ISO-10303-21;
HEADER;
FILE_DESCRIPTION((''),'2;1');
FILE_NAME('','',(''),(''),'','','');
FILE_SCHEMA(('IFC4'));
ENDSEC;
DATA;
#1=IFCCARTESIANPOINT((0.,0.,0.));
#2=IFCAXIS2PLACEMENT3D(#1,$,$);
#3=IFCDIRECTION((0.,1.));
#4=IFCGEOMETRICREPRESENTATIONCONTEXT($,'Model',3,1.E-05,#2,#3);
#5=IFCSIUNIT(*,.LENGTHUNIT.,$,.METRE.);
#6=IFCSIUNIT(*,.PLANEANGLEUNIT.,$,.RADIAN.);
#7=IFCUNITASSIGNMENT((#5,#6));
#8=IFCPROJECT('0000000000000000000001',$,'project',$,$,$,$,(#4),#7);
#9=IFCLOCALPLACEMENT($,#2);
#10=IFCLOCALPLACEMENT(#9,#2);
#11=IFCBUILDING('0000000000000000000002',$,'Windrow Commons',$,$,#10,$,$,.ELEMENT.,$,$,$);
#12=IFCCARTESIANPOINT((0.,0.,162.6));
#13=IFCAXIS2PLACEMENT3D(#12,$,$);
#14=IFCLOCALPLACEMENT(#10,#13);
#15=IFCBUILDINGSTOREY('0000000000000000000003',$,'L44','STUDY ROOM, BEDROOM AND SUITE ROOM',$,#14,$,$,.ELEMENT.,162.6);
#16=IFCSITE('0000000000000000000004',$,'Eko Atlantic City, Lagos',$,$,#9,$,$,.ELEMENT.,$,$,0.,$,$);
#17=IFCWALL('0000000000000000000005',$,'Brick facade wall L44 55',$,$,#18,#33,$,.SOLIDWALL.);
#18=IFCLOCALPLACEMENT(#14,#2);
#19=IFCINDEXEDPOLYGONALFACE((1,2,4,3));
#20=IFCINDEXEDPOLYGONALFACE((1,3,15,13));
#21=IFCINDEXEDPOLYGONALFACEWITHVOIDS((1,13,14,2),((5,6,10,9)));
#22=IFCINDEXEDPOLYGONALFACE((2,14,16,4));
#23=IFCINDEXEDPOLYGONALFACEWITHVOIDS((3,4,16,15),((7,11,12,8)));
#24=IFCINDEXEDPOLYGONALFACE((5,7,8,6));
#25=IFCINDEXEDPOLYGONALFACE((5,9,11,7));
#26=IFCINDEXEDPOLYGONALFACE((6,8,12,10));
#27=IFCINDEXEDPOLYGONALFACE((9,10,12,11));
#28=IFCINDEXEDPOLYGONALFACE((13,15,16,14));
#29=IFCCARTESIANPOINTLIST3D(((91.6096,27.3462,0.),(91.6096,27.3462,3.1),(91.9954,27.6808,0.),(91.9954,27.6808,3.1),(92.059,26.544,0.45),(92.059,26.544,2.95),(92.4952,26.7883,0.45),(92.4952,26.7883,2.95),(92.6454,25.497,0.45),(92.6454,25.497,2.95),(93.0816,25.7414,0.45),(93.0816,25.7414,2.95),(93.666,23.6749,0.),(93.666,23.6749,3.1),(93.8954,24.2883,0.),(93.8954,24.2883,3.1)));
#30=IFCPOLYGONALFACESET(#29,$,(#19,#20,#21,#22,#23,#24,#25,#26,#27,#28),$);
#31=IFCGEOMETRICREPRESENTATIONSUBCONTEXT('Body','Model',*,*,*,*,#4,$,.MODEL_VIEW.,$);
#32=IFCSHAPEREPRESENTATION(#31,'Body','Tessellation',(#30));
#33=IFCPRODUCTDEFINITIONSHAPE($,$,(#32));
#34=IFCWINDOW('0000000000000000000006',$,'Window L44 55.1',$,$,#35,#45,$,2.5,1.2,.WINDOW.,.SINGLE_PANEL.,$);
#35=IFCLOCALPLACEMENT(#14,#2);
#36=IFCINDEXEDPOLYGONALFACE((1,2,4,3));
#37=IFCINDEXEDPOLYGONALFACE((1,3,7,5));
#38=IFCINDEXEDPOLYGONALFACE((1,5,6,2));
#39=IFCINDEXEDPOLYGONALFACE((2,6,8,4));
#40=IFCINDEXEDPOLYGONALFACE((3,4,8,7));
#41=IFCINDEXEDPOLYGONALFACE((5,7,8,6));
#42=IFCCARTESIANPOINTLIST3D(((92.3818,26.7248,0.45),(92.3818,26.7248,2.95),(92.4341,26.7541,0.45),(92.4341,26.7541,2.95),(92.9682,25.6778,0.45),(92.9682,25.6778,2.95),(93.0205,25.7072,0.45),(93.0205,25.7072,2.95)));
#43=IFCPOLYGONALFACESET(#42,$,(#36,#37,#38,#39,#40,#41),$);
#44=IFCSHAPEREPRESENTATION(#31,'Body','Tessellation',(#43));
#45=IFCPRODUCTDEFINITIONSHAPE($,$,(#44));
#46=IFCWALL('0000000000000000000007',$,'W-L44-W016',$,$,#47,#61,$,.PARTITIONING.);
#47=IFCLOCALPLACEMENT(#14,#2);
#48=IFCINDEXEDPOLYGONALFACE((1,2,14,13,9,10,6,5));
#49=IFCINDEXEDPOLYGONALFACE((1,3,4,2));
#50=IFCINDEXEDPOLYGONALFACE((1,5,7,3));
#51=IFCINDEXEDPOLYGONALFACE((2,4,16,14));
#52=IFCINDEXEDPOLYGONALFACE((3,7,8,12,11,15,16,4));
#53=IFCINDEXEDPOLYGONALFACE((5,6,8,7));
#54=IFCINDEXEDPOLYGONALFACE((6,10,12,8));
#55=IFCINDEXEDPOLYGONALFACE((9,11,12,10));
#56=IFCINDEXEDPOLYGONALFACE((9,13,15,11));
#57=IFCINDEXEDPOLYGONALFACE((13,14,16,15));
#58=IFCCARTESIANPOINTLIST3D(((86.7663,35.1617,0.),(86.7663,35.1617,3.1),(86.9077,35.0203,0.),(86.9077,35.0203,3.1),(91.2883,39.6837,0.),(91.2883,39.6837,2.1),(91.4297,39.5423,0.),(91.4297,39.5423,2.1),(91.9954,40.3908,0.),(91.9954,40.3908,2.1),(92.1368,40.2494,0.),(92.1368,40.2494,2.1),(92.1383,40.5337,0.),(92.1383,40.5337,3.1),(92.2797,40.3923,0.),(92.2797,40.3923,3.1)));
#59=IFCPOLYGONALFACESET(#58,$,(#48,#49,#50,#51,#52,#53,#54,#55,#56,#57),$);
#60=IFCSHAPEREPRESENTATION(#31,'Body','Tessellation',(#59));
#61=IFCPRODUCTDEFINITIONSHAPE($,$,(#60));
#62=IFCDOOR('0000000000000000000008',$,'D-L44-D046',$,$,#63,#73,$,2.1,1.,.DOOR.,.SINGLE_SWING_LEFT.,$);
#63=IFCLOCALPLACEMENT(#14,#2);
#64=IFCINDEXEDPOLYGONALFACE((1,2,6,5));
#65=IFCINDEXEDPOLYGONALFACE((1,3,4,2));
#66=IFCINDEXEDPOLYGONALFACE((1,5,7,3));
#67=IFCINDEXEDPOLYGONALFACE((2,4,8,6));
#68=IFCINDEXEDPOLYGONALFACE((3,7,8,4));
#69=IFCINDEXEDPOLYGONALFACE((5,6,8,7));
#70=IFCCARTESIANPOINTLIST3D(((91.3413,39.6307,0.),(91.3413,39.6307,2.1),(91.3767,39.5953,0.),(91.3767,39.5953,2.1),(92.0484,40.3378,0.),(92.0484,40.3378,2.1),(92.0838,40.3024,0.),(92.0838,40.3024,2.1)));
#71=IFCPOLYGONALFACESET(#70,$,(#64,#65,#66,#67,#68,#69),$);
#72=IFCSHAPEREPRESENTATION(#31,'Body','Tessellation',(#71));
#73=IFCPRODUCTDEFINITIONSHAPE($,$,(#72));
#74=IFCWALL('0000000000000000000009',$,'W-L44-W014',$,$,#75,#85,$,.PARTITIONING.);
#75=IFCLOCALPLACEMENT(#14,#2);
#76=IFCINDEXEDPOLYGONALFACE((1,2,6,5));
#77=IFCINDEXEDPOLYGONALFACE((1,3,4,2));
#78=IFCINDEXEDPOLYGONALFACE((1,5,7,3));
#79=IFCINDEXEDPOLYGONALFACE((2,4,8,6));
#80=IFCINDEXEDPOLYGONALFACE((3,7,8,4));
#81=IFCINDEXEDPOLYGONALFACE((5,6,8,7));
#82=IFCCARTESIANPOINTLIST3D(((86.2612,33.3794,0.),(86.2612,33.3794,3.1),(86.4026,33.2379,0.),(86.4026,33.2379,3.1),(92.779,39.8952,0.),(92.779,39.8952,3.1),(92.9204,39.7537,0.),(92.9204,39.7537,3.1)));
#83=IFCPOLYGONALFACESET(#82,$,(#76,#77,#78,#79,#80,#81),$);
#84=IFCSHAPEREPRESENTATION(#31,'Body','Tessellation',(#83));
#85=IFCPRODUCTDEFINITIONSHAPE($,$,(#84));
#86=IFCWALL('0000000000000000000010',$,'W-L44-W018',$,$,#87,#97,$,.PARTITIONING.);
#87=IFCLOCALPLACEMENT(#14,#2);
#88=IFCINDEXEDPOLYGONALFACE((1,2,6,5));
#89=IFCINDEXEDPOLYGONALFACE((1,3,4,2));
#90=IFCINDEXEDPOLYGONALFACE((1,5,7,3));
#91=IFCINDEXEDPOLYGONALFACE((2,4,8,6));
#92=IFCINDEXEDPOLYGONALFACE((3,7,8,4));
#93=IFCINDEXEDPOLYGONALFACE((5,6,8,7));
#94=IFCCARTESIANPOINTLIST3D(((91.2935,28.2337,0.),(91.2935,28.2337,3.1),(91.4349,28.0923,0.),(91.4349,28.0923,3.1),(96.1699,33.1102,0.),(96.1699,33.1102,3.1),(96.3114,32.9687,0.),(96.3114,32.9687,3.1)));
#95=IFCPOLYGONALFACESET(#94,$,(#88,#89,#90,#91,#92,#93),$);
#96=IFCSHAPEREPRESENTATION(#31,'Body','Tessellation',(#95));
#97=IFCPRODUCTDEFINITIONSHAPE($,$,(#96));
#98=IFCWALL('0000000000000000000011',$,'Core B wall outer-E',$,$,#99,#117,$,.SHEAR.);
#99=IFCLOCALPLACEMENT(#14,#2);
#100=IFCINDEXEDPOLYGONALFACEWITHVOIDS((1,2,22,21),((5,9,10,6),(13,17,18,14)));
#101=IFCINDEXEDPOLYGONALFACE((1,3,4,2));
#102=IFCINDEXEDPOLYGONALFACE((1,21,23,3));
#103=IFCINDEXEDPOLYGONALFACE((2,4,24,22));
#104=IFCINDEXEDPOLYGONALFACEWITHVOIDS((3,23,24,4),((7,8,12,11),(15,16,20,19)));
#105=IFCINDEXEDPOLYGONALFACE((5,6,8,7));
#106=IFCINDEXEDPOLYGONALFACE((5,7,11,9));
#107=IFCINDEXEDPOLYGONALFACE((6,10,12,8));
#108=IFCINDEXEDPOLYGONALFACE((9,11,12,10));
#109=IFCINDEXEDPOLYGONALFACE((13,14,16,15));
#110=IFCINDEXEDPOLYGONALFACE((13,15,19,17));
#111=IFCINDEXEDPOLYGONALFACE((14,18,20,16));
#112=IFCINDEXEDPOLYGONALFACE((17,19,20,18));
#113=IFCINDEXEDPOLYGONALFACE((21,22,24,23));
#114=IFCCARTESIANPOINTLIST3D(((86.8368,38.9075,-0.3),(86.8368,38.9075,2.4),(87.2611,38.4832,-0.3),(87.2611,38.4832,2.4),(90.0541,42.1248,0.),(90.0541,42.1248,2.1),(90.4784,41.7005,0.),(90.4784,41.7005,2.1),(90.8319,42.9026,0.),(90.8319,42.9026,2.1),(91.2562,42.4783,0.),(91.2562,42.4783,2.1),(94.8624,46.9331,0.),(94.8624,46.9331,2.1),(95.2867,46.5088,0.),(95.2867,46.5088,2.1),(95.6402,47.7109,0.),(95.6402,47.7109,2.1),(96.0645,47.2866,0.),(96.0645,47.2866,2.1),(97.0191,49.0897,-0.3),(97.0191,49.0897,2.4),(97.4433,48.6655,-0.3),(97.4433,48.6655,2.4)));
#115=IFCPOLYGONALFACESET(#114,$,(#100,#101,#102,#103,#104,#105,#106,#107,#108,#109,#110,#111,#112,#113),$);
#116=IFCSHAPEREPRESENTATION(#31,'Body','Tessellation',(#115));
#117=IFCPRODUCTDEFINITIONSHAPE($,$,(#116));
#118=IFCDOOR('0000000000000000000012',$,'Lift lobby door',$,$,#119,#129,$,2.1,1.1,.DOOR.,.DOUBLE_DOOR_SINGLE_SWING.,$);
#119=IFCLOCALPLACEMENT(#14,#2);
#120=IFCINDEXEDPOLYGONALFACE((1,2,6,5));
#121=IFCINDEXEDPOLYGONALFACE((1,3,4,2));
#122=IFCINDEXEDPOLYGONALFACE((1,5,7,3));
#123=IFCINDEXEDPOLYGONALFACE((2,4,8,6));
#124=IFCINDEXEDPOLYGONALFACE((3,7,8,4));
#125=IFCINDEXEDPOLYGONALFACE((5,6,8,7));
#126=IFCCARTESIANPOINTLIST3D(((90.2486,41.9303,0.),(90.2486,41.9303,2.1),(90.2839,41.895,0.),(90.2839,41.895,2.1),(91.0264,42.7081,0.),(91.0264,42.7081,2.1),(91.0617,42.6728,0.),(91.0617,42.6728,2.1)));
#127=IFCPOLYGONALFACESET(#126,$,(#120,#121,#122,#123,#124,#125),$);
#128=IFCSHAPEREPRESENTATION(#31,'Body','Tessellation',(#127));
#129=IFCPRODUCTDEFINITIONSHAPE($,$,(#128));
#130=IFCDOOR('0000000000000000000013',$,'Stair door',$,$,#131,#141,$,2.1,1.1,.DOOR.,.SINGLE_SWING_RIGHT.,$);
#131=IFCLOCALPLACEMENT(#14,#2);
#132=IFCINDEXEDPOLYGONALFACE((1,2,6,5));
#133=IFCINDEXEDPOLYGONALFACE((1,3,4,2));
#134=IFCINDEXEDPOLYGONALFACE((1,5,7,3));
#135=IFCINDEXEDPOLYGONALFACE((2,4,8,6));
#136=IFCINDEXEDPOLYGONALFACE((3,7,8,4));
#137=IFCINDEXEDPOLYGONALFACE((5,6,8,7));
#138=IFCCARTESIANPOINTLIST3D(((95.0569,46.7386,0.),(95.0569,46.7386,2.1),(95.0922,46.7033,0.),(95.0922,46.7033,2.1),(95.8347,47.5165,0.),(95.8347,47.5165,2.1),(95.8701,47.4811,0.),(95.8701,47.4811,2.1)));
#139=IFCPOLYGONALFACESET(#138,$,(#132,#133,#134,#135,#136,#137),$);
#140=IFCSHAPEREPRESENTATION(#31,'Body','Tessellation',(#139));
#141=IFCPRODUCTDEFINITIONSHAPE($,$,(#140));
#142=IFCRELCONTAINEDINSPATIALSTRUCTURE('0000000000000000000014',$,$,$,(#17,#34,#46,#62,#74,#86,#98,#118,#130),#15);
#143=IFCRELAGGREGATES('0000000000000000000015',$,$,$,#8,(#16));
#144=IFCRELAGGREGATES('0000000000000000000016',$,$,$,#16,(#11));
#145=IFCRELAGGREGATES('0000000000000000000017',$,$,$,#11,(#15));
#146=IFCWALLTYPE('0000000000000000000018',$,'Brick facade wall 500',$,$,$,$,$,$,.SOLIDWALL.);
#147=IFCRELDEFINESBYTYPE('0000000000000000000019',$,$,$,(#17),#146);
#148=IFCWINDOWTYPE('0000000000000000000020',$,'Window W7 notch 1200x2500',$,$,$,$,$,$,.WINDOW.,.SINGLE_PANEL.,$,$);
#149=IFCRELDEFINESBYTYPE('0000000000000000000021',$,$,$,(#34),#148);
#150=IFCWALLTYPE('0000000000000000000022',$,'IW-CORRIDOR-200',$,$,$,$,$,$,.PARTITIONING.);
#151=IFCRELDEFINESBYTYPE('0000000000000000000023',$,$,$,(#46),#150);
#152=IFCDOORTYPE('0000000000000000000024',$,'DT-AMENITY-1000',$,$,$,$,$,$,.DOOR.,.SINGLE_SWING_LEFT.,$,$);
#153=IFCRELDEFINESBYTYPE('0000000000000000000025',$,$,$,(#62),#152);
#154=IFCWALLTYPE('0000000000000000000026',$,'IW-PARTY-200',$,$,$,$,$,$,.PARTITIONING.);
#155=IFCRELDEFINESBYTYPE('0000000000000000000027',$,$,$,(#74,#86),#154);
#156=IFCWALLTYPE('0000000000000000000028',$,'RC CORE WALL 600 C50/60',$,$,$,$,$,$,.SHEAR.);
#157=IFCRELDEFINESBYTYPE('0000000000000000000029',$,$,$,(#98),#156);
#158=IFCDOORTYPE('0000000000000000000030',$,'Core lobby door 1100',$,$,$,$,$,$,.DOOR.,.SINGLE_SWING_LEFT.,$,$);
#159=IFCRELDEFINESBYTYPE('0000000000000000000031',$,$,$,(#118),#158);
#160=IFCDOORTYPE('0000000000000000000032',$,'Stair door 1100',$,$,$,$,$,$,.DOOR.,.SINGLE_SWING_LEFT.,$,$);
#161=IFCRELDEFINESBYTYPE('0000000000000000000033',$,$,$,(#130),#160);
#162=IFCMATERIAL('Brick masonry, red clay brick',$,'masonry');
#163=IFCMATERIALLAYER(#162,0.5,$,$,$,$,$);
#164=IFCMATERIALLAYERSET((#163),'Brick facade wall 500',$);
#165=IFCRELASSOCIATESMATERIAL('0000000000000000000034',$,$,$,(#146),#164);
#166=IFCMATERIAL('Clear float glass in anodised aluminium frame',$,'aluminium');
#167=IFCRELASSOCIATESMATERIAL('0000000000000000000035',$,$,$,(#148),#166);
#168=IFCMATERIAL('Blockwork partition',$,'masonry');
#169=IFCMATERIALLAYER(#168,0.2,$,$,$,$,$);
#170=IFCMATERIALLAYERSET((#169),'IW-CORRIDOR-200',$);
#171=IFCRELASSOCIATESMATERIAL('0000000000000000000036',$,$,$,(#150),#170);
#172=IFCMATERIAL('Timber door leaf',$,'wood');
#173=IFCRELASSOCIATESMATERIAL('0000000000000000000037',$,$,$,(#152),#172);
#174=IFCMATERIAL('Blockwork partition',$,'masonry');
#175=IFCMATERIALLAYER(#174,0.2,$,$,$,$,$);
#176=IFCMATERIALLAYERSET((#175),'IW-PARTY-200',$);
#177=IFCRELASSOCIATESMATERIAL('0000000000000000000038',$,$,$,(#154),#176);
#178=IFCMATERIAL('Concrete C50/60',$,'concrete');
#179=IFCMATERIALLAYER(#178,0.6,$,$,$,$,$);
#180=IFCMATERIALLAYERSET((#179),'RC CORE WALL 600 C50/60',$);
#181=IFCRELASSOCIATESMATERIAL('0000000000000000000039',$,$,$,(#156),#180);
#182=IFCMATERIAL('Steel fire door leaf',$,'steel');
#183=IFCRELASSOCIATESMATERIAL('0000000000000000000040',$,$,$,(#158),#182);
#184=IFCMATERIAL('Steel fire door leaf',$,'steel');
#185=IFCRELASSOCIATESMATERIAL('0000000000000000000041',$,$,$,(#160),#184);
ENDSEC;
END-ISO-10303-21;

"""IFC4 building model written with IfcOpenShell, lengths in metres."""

from ifc_helpers import new_model, si_unit, direction, frame, frame_2d, origin, place, context, subcontext, project, spatial, polyline, rectangle, outline, extrude, material, layer, layer_set, type_object, element, fill, save


model = new_model("IFC4")

# Units and contexts
model_context = context("Model", 3, precision=1e-05, world=origin(), true_north=direction((0.0, 1.0)))
body_context = subcontext(model_context, "Body", "Model", "MODEL_VIEW")
ifc_project = project(units=[si_unit("LENGTHUNIT", "METRE"), si_unit("PLANEANGLEUNIT", "RADIAN")], contexts=[model_context])

# Site, building, storey
site_placement = place(None, origin())
site = spatial("IfcSite", under=ifc_project, at=site_placement, Name="Eko Atlantic City, Lagos", CompositionType="ELEMENT", RefElevation=0.0)
building_placement = place(site_placement, origin())
building = spatial("IfcBuilding", under=site, at=building_placement, Name="Windrow Commons", CompositionType="ELEMENT")
storey_placement = place(building_placement, frame((0.0, 0.0, 162.6)))
storey = spatial("IfcBuildingStorey", under=building, at=storey_placement, Name="L44", Description="STUDY ROOM, BEDROOM AND SUITE ROOM", CompositionType="ELEMENT", Elevation=162.6)

# Wall, opening, window
ifc_material_1 = material(Name="Brick masonry, red clay brick", Category="masonry")
ifc_layer_1 = layer(ifc_material_1, 0.5)
ifc_layer_set_1 = layer_set([ifc_layer_1], Name="Brick facade wall 500")
wall_type_1 = type_object("IfcWallType", Name="Brick facade wall 500", PredefinedType="SOLIDWALL", material=ifc_layer_set_1)
wall_1_placement = place(storey_placement, frame((91.8025, 27.5135, 0.0), z_axis=(0.0, 0.0, 1.0), x_axis=(0.488667, -0.872471, 0.0)))
wall_1 = element("IfcWall", 1, at=wall_1_placement, inside=storey, type_object=wall_type_1, Name="Brick facade wall L44 55", PredefinedType="SOLIDWALL", context=body_context, shape_type="SweptSolid", body=[
    extrude(outline(polyline([(0.0517, -0.25), (4.2597, -0.25), (3.8366, 0.25), (-0.0517, 0.25), (0.0517, -0.25)])), origin(), (0.0, 0.0, 1.0), 3.1),
])
opening_1_placement = place(wall_1_placement, frame((0.9712, 0.0, 0.45)))
opening_1 = element("IfcOpeningElement", 2, at=opening_1_placement, cuts=wall_1, PredefinedType="OPENING", context=body_context, shape_type="SweptSolid", body=[
    extrude(rectangle(XDim=1.2, YDim=2.5, at=frame_2d((0.6, 1.25))), frame((0.0, 0.26, 0.0), z_axis=(0.0, -1.0, 0.0), x_axis=(1.0, 0.0, 0.0)), (0.0, 0.0, 1.0), 0.52),
])
ifc_material_2 = material(Name="Clear float glass in anodised aluminium frame", Category="aluminium")
window_type_1 = type_object("IfcWindowType", Name="Window W7 notch 1200x2500", PartitioningType="SINGLE_PANEL", PredefinedType="WINDOW", material=ifc_material_2)
window_1_placement = place(opening_1_placement, origin())
window_1 = element("IfcWindow", 3, at=window_1_placement, inside=storey, type_object=window_type_1, Name="Window L44 55.1", OverallHeight=2.5, OverallWidth=1.2, PartitioningType="SINGLE_PANEL", PredefinedType="WINDOW", context=body_context, shape_type="SweptSolid", body=[
    extrude(rectangle(XDim=1.2, YDim=2.5, at=frame_2d((0.6, 1.25))), frame((0.0, 0.18, 0.0), z_axis=(0.0, -1.0, 0.0), x_axis=(1.0, 0.0, 0.0)), (0.0, 0.0, 1.0), 0.06),
])
fill(opening_1, window_1)

# Wall, opening, door
ifc_material_3 = material(Name="Blockwork partition", Category="masonry")
ifc_layer_2 = layer(ifc_material_3, 0.2)
ifc_layer_set_2 = layer_set([ifc_layer_2], Name="IW-CORRIDOR-200")
wall_type_2 = type_object("IfcWallType", Name="IW-CORRIDOR-200", PredefinedType="PARTITIONING", material=ifc_layer_set_2)
wall_2_placement = place(storey_placement, frame((86.837, 35.091, 0.0), z_axis=(0.0, 0.0, 1.0), x_axis=(0.707107, 0.707107, 0.0)))
wall_2 = element("IfcWall", 4, at=wall_2_placement, inside=storey, type_object=wall_type_2, Name="W-L44-W016", PredefinedType="PARTITIONING", context=body_context, shape_type="SweptSolid", body=[
    extrude(rectangle(XDim=7.5972, YDim=0.2, at=frame_2d((3.7986, 0.0))), origin(), (0.0, 0.0, 1.0), 3.1),
])
opening_2_placement = place(wall_2_placement, frame((6.3951, 0.0, 0.0)))
opening_2 = element("IfcOpeningElement", 5, at=opening_2_placement, cuts=wall_2, PredefinedType="OPENING", context=body_context, shape_type="SweptSolid", body=[
    extrude(rectangle(XDim=1.0, YDim=2.1, at=frame_2d((0.5, 1.05))), frame((0.0, 0.11, 0.0), z_axis=(0.0, -1.0, 0.0), x_axis=(1.0, 0.0, 0.0)), (0.0, 0.0, 1.0), 0.22),
])
ifc_material_4 = material(Name="Timber door leaf", Category="wood")
door_type_1 = type_object("IfcDoorType", Name="DT-AMENITY-1000", OperationType="SINGLE_SWING_LEFT", PredefinedType="DOOR", material=ifc_material_4)
door_1_placement = place(opening_2_placement, origin())
door_1 = element("IfcDoor", 6, at=door_1_placement, inside=storey, type_object=door_type_1, Name="D-L44-D046", OperationType="SINGLE_SWING_LEFT", OverallHeight=2.1, OverallWidth=1.0, PredefinedType="DOOR", context=body_context, shape_type="SweptSolid", body=[
    extrude(rectangle(XDim=1.0, YDim=2.1, at=frame_2d((0.5, 1.05))), frame((0.0, 0.025, 0.0), z_axis=(0.0, -1.0, 0.0), x_axis=(1.0, 0.0, 0.0)), (0.0, 0.0, 1.0), 0.05),
])
fill(opening_2, door_1)

# Walls
ifc_material_5 = material(Name="Blockwork partition", Category="masonry")
ifc_layer_3 = layer(ifc_material_5, 0.2)
ifc_layer_set_3 = layer_set([ifc_layer_3], Name="IW-PARTY-200")
wall_type_3 = type_object("IfcWallType", Name="IW-PARTY-200", PredefinedType="PARTITIONING", material=ifc_layer_set_3)
wall_3_placement = place(storey_placement, frame((86.3319, 33.3086, 0.0), z_axis=(0.0, 0.0, 1.0), x_axis=(0.70721, 0.707004, 0.0)))
element("IfcWall", 7, at=wall_3_placement, inside=storey, type_object=wall_type_3, Name="W-L44-W014", PredefinedType="PARTITIONING", context=body_context, shape_type="SweptSolid", body=[
    extrude(rectangle(XDim=9.2161, YDim=0.2, at=frame_2d((4.6081, 0.0))), origin(), (0.0, 0.0, 1.0), 3.1),
])
wall_4_placement = place(storey_placement, frame((91.3642, 28.163, 0.0), z_axis=(0.0, 0.0, 1.0), x_axis=(0.707107, 0.707107, 0.0)))
element("IfcWall", 8, at=wall_4_placement, inside=storey, type_object=wall_type_3, Name="W-L44-W018", PredefinedType="PARTITIONING", context=body_context, shape_type="SweptSolid", body=[
    extrude(rectangle(XDim=6.8963, YDim=0.2, at=frame_2d((3.4482, 0.0))), origin(), (0.0, 0.0, 1.0), 3.1),
])

# Wall, openings, doors
ifc_material_6 = material(Name="Concrete C50/60", Category="concrete")
ifc_layer_4 = layer(ifc_material_6, 0.6)
ifc_layer_set_4 = layer_set([ifc_layer_4], Name="RC CORE WALL 600 C50/60")
wall_type_4 = type_object("IfcWallType", Name="RC CORE WALL 600 C50/60", PredefinedType="SHEAR", material=ifc_layer_set_4)
wall_5_placement = place(storey_placement, frame((87.0489, 38.6953, -0.3), z_axis=(0.0, 0.0, 1.0), x_axis=(0.707107, 0.707107, 0.0)))
wall_5 = element("IfcWall", 9, at=wall_5_placement, inside=storey, type_object=wall_type_4, Name="Core B wall outer-E", PredefinedType="SHEAR", context=body_context, shape_type="SweptSolid", body=[
    extrude(rectangle(XDim=14.3999, YDim=0.6, at=frame_2d((7.2, 0.0))), origin(), (0.0, 0.0, 1.0), 2.7),
])
opening_3_placement = place(wall_5_placement, frame((4.55, 0.0, 0.3)))
opening_3 = element("IfcOpeningElement", 10, at=opening_3_placement, cuts=wall_5, PredefinedType="OPENING", context=body_context, shape_type="SweptSolid", body=[
    extrude(rectangle(XDim=1.1, YDim=2.1, at=frame_2d((0.55, 1.05))), frame((0.0, 0.31, 0.0), z_axis=(0.0, -1.0, 0.0), x_axis=(1.0, 0.0, 0.0)), (0.0, 0.0, 1.0), 0.62),
])
opening_4_placement = place(wall_5_placement, frame((11.35, 0.0, 0.3)))
opening_4 = element("IfcOpeningElement", 11, at=opening_4_placement, cuts=wall_5, PredefinedType="OPENING", context=body_context, shape_type="SweptSolid", body=[
    extrude(rectangle(XDim=1.1, YDim=2.1, at=frame_2d((0.55, 1.05))), frame((0.0, 0.31, 0.0), z_axis=(0.0, -1.0, 0.0), x_axis=(1.0, 0.0, 0.0)), (0.0, 0.0, 1.0), 0.62),
])
ifc_material_7 = material(Name="Steel fire door leaf", Category="steel")
door_type_2 = type_object("IfcDoorType", Name="Core lobby door 1100", OperationType="SINGLE_SWING_LEFT", PredefinedType="DOOR", material=ifc_material_7)
door_2_placement = place(opening_3_placement, origin())
door_2 = element("IfcDoor", 12, at=door_2_placement, inside=storey, type_object=door_type_2, Name="Lift lobby door", OperationType="DOUBLE_DOOR_SINGLE_SWING", OverallHeight=2.1, OverallWidth=1.1, PredefinedType="DOOR", context=body_context, shape_type="SweptSolid", body=[
    extrude(rectangle(XDim=1.1, YDim=2.1, at=frame_2d((0.55, 1.05))), frame((0.0, 0.025, 0.0), z_axis=(0.0, -1.0, 0.0), x_axis=(1.0, 0.0, 0.0)), (0.0, 0.0, 1.0), 0.05),
])
fill(opening_3, door_2)
ifc_material_8 = material(Name="Steel fire door leaf", Category="steel")
door_type_3 = type_object("IfcDoorType", Name="Stair door 1100", OperationType="SINGLE_SWING_LEFT", PredefinedType="DOOR", material=ifc_material_8)
door_3_placement = place(opening_4_placement, origin())
door_3 = element("IfcDoor", 13, at=door_3_placement, inside=storey, type_object=door_type_3, Name="Stair door", OperationType="SINGLE_SWING_RIGHT", OverallHeight=2.1, OverallWidth=1.1, PredefinedType="DOOR", context=body_context, shape_type="SweptSolid", body=[
    extrude(rectangle(XDim=1.1, YDim=2.1, at=frame_2d((0.55, 1.05))), frame((0.0, 0.025, 0.0), z_axis=(0.0, -1.0, 0.0), x_axis=(1.0, 0.0, 0.0)), (0.0, 0.0, 1.0), 0.05),
])
fill(opening_4, door_3)

save(model, "model.ifc")
